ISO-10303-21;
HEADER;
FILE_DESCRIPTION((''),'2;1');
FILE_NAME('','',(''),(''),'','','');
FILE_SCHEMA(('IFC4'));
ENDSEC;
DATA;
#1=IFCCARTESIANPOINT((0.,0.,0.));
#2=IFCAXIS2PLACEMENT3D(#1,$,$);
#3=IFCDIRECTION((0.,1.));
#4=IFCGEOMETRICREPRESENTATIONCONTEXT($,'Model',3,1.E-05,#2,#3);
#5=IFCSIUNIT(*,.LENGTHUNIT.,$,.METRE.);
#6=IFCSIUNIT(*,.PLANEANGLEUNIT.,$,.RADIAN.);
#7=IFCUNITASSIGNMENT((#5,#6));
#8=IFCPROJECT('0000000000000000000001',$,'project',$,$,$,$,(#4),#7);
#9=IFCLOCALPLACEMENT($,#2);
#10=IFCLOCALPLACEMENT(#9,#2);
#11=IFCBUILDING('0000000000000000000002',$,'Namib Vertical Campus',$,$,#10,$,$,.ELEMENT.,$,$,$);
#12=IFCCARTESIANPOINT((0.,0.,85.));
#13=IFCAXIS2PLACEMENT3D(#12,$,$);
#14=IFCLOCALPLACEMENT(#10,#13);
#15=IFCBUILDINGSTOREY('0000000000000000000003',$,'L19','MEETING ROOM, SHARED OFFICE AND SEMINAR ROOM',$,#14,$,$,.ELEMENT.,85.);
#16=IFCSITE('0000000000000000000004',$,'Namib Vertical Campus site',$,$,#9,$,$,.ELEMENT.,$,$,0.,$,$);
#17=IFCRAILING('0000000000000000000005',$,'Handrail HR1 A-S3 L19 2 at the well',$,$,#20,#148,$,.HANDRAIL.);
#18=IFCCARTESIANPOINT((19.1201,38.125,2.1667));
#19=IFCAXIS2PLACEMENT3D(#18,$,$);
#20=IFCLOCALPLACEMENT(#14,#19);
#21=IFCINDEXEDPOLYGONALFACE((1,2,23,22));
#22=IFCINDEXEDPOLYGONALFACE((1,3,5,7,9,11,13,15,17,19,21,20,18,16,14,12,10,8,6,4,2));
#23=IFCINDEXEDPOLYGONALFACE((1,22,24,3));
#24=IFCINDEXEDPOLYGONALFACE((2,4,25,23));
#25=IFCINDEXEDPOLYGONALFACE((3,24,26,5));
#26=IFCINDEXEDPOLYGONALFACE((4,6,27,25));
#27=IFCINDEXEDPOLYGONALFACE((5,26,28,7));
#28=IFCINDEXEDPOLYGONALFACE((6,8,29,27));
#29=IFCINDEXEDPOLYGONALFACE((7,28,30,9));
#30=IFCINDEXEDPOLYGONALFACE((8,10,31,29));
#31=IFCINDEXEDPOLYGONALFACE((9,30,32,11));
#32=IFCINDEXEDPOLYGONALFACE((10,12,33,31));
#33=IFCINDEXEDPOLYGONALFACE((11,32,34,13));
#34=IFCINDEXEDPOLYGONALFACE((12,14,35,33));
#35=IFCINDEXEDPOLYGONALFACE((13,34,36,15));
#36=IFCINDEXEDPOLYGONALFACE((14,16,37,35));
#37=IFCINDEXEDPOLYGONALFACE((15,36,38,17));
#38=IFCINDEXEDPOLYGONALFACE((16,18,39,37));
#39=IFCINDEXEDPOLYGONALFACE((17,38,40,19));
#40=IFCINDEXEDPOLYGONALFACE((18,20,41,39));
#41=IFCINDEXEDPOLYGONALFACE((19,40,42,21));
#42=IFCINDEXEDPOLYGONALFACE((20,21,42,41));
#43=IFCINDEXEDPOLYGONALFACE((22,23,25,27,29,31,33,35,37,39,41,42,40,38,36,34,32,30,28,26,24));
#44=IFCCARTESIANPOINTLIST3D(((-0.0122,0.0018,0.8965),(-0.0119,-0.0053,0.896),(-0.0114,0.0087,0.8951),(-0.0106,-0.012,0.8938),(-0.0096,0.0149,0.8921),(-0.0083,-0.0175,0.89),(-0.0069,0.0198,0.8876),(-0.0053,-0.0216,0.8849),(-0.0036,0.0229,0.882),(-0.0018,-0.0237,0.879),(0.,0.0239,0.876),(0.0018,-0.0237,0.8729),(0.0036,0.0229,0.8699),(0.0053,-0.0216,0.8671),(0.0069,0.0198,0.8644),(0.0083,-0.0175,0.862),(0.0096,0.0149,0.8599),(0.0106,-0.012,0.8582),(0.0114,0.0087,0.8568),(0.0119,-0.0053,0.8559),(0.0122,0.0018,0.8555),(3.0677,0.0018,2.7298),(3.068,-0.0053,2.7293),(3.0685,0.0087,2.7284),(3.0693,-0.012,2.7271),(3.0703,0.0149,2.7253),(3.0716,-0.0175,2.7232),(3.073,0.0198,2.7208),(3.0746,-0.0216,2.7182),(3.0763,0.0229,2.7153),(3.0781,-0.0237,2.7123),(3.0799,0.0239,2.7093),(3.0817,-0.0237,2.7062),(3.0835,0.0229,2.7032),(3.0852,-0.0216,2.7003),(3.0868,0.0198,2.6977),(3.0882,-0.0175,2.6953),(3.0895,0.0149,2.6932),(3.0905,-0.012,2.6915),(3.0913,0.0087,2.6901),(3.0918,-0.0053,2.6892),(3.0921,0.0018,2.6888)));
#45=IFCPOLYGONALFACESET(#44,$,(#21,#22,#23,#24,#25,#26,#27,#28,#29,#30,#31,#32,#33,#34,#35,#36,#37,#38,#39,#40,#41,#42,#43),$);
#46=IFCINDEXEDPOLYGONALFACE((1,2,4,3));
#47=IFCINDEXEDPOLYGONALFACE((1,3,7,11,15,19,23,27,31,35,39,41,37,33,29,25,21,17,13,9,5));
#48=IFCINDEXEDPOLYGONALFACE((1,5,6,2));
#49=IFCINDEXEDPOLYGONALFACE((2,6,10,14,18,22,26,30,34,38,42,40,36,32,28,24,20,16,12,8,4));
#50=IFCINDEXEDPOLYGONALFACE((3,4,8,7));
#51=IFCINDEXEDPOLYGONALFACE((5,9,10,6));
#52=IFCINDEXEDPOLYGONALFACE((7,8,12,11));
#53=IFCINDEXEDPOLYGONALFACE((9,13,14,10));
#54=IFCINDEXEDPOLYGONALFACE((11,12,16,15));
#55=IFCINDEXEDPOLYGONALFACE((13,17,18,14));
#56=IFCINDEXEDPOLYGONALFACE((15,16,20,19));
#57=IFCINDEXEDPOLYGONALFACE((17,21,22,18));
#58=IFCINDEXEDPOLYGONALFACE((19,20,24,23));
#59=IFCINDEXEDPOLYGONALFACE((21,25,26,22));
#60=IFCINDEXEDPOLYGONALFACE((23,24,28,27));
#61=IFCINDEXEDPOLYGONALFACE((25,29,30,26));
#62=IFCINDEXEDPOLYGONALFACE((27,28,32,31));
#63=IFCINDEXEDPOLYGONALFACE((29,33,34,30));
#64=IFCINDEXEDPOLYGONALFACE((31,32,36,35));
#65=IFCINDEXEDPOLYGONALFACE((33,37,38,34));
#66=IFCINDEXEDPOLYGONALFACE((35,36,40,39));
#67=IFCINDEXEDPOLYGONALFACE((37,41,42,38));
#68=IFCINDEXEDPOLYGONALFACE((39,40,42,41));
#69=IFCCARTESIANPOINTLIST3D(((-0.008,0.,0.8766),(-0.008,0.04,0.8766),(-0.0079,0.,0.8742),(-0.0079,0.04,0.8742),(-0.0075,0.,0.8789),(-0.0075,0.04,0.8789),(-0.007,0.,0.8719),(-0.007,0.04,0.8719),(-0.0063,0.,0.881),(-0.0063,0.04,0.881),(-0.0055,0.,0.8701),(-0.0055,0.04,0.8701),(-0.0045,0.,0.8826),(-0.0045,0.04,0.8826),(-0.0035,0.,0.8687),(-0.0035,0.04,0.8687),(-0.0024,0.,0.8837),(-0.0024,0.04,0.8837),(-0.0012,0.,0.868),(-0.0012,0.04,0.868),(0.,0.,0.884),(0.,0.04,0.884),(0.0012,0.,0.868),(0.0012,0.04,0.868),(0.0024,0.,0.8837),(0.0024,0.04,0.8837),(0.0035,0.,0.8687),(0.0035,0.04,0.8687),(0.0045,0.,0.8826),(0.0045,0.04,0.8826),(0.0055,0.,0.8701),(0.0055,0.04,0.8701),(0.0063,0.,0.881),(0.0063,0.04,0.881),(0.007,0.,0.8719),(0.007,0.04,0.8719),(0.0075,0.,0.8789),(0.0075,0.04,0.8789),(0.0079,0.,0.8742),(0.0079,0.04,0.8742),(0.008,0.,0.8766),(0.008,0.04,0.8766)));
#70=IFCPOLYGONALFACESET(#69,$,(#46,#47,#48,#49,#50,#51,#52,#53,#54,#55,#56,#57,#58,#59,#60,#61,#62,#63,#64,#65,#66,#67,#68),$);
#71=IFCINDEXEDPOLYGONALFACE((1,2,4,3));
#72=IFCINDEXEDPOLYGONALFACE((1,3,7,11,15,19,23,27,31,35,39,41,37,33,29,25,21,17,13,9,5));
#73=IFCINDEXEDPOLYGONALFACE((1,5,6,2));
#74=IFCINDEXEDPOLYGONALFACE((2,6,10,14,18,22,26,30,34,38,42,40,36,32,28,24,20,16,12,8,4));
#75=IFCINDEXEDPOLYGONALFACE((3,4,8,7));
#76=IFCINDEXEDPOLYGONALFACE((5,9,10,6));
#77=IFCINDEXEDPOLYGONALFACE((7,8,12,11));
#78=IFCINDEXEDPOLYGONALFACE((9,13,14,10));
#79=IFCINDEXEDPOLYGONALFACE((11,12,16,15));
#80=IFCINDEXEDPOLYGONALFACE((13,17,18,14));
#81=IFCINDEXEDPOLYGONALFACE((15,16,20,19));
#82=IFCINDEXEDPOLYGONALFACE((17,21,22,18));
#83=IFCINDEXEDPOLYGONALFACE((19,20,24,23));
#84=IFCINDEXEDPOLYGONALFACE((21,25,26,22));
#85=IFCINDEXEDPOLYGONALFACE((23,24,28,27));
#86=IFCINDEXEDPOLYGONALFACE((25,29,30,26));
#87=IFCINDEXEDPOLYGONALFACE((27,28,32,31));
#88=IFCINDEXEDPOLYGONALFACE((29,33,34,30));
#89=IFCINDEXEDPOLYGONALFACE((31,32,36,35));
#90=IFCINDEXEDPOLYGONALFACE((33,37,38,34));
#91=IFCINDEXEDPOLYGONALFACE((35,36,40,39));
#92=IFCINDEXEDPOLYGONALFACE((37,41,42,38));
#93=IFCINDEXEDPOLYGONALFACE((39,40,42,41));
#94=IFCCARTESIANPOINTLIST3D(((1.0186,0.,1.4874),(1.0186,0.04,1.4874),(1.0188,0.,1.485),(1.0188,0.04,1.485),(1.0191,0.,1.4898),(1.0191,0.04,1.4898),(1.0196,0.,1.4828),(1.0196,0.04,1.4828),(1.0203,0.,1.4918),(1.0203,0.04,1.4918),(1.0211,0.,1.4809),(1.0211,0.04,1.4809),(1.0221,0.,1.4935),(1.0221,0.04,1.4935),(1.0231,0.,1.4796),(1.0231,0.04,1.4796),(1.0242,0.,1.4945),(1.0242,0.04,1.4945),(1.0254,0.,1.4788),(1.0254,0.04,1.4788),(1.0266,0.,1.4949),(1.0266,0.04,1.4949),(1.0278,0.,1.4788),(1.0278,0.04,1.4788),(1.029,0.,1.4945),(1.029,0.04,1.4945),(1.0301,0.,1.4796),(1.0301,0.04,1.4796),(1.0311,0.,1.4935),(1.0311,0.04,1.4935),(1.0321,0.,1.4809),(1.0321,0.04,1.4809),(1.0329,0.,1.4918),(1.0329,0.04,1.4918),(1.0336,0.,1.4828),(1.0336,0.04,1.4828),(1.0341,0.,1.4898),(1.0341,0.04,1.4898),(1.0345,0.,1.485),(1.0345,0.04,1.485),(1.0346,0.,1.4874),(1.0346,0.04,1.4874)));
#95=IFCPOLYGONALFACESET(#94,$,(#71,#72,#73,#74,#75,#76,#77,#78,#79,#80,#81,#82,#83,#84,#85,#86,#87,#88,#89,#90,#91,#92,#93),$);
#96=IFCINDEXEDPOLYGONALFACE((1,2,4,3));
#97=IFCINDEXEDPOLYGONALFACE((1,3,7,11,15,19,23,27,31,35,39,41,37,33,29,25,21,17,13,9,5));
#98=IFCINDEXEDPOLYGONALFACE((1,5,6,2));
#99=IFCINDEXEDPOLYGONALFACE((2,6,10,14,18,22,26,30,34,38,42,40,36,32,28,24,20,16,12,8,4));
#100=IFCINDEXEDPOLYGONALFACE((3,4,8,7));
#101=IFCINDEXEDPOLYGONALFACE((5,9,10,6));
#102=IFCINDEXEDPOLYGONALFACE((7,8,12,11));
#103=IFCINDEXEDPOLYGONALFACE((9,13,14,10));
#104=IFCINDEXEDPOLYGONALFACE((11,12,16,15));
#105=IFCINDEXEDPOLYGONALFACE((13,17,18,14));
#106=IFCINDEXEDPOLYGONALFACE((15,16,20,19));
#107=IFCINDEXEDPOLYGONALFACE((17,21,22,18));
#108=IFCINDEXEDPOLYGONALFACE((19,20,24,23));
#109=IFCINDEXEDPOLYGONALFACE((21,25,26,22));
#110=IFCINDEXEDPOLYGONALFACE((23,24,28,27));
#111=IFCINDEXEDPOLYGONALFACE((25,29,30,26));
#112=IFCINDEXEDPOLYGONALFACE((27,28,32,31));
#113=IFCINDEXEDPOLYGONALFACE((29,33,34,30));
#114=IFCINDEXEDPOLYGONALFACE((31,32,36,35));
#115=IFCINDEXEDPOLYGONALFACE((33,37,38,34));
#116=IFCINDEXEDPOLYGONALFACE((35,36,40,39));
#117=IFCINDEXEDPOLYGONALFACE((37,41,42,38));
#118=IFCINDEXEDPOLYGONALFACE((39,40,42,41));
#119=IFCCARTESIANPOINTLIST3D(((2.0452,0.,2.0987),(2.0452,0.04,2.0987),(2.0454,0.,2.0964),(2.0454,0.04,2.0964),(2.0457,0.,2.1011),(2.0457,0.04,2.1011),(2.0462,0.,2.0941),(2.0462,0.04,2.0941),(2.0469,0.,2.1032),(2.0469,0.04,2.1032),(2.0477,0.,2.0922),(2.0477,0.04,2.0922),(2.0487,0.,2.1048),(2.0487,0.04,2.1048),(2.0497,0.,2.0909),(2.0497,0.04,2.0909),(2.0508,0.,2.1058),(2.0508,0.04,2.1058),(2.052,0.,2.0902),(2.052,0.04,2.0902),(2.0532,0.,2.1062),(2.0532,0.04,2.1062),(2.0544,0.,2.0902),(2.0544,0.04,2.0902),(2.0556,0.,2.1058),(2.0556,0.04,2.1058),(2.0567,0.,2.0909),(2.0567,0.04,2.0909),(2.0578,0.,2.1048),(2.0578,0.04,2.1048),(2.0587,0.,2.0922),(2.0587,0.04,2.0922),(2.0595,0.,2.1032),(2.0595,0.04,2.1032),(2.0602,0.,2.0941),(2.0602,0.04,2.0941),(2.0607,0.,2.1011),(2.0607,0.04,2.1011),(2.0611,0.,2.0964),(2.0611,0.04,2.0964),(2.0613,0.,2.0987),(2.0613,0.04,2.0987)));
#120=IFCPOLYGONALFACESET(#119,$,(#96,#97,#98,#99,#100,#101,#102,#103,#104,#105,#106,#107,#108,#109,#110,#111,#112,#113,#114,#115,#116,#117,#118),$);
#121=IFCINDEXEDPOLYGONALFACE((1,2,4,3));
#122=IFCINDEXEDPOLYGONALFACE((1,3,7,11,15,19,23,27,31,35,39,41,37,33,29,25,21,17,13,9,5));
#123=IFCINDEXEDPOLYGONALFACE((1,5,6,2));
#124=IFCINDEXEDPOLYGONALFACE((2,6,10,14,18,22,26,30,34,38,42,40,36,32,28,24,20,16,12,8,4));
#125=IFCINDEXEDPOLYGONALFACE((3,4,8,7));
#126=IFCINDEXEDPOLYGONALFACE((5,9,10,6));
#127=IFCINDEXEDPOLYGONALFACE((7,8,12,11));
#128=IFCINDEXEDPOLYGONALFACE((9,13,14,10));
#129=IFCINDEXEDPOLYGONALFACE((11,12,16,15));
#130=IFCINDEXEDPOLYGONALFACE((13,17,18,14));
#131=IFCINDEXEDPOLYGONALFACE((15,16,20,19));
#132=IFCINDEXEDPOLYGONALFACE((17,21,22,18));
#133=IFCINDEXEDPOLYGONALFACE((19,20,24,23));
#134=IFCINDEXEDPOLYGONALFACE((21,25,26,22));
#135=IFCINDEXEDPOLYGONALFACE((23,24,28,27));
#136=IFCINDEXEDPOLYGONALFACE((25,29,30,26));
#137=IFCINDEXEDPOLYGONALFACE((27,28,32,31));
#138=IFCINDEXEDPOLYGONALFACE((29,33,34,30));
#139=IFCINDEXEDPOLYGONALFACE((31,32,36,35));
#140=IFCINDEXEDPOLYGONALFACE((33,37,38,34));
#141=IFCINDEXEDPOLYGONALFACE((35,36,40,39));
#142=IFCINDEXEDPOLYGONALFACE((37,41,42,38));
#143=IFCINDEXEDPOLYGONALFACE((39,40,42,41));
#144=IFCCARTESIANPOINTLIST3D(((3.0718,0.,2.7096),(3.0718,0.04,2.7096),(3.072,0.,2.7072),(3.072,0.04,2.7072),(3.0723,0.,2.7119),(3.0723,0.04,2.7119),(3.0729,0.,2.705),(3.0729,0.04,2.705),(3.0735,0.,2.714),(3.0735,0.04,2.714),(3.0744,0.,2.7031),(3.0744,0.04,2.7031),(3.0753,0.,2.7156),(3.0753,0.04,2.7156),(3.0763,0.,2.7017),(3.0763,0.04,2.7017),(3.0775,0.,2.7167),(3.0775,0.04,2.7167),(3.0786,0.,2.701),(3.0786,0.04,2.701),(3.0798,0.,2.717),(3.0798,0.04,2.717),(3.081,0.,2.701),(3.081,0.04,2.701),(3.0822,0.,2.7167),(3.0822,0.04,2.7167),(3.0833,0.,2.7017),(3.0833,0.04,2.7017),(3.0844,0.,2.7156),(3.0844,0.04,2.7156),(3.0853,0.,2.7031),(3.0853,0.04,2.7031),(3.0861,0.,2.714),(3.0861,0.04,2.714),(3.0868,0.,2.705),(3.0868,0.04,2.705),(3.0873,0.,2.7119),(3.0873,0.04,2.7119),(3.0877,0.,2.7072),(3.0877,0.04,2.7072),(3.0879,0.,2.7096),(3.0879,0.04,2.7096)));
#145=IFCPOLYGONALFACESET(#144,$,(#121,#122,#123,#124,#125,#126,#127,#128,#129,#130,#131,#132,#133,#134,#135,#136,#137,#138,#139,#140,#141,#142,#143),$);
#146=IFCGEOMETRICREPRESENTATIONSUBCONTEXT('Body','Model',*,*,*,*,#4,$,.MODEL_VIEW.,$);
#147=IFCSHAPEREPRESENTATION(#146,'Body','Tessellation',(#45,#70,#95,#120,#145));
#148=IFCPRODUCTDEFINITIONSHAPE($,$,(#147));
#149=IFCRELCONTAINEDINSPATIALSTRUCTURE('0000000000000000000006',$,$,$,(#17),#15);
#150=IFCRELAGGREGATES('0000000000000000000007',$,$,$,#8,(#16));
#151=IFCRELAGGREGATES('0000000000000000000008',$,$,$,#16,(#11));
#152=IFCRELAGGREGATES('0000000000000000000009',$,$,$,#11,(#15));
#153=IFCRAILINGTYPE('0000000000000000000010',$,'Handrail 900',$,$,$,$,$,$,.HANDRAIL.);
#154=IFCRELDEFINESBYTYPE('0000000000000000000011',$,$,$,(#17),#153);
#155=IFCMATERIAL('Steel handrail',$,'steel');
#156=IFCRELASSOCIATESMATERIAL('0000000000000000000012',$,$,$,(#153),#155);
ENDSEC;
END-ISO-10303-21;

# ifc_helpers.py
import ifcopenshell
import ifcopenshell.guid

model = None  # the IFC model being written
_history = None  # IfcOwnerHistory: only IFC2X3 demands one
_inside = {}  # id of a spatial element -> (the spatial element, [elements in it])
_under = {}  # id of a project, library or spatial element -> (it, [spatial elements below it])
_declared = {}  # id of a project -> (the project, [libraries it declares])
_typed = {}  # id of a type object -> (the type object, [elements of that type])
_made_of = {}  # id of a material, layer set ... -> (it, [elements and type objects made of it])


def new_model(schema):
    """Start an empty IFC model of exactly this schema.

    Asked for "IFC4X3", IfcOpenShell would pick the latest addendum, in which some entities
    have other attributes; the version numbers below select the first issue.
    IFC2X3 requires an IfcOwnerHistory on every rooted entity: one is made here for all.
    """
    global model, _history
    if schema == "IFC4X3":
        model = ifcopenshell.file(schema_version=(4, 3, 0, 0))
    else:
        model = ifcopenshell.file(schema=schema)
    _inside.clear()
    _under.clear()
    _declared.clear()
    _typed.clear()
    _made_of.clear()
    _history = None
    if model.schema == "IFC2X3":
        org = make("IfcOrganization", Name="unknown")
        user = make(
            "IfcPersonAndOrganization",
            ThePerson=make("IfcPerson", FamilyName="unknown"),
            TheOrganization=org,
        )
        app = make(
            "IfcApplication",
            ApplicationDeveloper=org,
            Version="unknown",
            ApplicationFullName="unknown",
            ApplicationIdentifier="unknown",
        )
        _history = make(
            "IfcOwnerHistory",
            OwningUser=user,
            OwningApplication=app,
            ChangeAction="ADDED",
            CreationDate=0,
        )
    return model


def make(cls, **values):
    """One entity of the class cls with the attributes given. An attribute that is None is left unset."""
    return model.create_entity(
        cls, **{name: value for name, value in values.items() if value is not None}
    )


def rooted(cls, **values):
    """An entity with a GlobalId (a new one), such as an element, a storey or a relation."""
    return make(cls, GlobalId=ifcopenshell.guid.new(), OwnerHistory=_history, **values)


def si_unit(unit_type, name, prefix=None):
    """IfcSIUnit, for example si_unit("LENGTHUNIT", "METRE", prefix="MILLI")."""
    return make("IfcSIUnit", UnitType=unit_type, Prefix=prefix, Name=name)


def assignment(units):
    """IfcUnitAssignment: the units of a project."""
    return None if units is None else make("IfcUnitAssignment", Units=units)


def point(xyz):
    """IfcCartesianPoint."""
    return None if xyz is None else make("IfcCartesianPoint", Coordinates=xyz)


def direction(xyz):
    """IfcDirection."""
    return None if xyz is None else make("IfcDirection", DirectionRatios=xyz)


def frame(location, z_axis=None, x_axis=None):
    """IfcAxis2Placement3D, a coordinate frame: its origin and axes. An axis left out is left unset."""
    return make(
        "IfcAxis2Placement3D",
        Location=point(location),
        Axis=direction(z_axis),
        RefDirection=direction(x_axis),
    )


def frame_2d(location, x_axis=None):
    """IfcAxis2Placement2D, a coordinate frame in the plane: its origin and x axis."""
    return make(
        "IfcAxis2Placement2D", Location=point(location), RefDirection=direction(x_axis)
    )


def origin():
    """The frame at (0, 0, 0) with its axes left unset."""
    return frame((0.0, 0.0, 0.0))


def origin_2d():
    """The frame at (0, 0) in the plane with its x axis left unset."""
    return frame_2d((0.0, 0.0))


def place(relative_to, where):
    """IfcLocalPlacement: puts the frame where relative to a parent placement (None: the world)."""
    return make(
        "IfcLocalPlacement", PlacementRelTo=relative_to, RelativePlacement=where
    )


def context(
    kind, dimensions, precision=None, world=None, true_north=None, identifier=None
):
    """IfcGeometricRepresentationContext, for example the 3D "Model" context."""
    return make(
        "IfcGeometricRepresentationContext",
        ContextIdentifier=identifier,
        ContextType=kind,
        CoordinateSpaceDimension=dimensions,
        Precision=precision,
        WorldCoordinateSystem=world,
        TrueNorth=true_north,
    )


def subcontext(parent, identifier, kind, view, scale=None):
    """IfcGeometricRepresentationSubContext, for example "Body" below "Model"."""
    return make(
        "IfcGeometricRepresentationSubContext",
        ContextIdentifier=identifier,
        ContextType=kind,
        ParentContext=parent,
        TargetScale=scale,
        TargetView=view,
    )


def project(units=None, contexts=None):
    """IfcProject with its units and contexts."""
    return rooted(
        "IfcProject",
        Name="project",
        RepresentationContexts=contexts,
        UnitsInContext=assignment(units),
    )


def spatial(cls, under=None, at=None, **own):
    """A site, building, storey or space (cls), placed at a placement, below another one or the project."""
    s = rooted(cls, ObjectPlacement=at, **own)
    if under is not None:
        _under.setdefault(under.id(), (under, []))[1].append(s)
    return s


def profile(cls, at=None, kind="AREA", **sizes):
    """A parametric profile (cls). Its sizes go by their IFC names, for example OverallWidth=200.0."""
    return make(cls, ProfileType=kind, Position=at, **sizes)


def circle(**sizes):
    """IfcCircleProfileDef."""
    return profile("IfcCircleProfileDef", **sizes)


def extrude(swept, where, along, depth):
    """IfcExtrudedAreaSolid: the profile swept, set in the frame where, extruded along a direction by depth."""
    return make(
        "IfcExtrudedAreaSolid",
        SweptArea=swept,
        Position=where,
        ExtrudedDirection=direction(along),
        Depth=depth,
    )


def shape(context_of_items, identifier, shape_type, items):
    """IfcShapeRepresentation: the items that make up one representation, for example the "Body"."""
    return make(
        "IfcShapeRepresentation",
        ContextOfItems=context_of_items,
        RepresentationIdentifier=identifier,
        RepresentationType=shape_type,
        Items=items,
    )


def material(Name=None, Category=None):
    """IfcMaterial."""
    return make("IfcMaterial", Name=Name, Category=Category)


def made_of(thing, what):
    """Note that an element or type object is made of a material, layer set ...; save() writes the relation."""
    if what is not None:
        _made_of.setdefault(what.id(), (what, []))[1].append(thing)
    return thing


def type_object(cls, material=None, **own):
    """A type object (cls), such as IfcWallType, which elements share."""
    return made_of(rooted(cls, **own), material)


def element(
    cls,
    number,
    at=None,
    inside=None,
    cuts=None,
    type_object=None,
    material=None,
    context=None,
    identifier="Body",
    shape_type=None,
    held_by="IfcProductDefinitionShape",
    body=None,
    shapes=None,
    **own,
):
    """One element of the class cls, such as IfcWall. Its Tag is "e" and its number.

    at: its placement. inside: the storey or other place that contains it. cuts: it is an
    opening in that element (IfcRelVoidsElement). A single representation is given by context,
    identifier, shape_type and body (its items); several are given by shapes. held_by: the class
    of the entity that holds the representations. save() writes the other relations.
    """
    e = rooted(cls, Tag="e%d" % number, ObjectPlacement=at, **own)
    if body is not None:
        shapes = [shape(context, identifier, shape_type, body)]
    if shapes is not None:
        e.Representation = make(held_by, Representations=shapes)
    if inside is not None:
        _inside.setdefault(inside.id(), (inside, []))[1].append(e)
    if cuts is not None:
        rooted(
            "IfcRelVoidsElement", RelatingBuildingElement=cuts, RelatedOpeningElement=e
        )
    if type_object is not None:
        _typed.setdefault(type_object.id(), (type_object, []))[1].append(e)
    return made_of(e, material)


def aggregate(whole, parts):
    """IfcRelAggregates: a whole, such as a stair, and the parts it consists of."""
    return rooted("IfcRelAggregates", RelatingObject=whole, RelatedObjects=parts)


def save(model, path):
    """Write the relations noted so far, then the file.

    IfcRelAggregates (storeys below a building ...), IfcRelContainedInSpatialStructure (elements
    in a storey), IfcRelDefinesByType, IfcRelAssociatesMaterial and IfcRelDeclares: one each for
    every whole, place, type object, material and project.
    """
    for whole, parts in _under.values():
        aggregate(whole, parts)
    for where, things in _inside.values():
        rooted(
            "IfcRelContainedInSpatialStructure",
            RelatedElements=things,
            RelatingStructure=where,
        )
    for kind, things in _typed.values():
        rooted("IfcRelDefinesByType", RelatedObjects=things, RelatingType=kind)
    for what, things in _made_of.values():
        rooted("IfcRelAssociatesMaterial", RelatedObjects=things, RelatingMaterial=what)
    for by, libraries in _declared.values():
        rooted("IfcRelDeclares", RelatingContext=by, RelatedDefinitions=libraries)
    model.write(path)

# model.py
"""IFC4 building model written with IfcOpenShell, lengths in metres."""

from ifc_helpers import new_model, si_unit, direction, frame, origin, origin_2d, place, context, subcontext, project, spatial, circle, extrude, material, type_object, element, save


model = new_model("IFC4")

# Units and contexts
model_context = context("Model", 3, precision=1e-05, world=origin(), true_north=direction((0.0, 1.0)))
body_context = subcontext(model_context, "Body", "Model", "MODEL_VIEW")
ifc_project = project(units=[si_unit("LENGTHUNIT", "METRE"), si_unit("PLANEANGLEUNIT", "RADIAN")], contexts=[model_context])

# Site, building, storey
site_placement = place(None, origin())
site = spatial("IfcSite", under=ifc_project, at=site_placement, Name="Namib Vertical Campus site", CompositionType="ELEMENT", RefElevation=0.0)
building_placement = place(site_placement, origin())
building = spatial("IfcBuilding", under=site, at=building_placement, Name="Namib Vertical Campus", CompositionType="ELEMENT")
storey_placement = place(building_placement, frame((0.0, 0.0, 85.0)))
storey = spatial("IfcBuildingStorey", under=building, at=storey_placement, Name="L19", Description="MEETING ROOM, SHARED OFFICE AND SEMINAR ROOM", CompositionType="ELEMENT", Elevation=85.0)

# Railing
ifc_material_1 = material(Name="Steel handrail", Category="steel")
railing_type_1 = type_object("IfcRailingType", Name="Handrail 900", PredefinedType="HANDRAIL", material=ifc_material_1)
railing_1_placement = place(storey_placement, frame((19.1201, 38.125, 2.1667)))
element("IfcRailing", 1, at=railing_1_placement, inside=storey, type_object=railing_type_1, Name="Handrail HR1 A-S3 L19 2 at the well", PredefinedType="HANDRAIL", context=body_context, shape_type="SweptSolid", body=[
    extrude(circle(Radius=0.0239, at=origin_2d()), frame((0.0, 0.0, 0.876), z_axis=(0.859291, 0.0, 0.511487), x_axis=(0.0, 1.0, 0.0)), (0.0, 0.0, 1.0), 3.5842),
    extrude(circle(Radius=0.0081, at=origin_2d()), frame((0.0, 0.0, 0.876), z_axis=(0.0, 1.0, 0.0), x_axis=(0.0, 0.0, 1.0)), (0.0, 0.0, 1.0), 0.04),
    extrude(circle(Radius=0.0081, at=origin_2d()), frame((1.0266, 0.0, 1.4868), z_axis=(0.0, 1.0, 0.0), x_axis=(0.0, 0.0, 1.0)), (0.0, 0.0, 1.0), 0.04),
    extrude(circle(Radius=0.0081, at=origin_2d()), frame((2.0532, 0.0, 2.0981), z_axis=(0.0, 1.0, 0.0), x_axis=(0.0, 0.0, 1.0)), (0.0, 0.0, 1.0), 0.04),
    extrude(circle(Radius=0.0081, at=origin_2d()), frame((3.0798, 0.0, 2.709), z_axis=(0.0, 1.0, 0.0), x_axis=(0.0, 0.0, 1.0)), (0.0, 0.0, 1.0), 0.04),
])

save(model, "model.ifc")
